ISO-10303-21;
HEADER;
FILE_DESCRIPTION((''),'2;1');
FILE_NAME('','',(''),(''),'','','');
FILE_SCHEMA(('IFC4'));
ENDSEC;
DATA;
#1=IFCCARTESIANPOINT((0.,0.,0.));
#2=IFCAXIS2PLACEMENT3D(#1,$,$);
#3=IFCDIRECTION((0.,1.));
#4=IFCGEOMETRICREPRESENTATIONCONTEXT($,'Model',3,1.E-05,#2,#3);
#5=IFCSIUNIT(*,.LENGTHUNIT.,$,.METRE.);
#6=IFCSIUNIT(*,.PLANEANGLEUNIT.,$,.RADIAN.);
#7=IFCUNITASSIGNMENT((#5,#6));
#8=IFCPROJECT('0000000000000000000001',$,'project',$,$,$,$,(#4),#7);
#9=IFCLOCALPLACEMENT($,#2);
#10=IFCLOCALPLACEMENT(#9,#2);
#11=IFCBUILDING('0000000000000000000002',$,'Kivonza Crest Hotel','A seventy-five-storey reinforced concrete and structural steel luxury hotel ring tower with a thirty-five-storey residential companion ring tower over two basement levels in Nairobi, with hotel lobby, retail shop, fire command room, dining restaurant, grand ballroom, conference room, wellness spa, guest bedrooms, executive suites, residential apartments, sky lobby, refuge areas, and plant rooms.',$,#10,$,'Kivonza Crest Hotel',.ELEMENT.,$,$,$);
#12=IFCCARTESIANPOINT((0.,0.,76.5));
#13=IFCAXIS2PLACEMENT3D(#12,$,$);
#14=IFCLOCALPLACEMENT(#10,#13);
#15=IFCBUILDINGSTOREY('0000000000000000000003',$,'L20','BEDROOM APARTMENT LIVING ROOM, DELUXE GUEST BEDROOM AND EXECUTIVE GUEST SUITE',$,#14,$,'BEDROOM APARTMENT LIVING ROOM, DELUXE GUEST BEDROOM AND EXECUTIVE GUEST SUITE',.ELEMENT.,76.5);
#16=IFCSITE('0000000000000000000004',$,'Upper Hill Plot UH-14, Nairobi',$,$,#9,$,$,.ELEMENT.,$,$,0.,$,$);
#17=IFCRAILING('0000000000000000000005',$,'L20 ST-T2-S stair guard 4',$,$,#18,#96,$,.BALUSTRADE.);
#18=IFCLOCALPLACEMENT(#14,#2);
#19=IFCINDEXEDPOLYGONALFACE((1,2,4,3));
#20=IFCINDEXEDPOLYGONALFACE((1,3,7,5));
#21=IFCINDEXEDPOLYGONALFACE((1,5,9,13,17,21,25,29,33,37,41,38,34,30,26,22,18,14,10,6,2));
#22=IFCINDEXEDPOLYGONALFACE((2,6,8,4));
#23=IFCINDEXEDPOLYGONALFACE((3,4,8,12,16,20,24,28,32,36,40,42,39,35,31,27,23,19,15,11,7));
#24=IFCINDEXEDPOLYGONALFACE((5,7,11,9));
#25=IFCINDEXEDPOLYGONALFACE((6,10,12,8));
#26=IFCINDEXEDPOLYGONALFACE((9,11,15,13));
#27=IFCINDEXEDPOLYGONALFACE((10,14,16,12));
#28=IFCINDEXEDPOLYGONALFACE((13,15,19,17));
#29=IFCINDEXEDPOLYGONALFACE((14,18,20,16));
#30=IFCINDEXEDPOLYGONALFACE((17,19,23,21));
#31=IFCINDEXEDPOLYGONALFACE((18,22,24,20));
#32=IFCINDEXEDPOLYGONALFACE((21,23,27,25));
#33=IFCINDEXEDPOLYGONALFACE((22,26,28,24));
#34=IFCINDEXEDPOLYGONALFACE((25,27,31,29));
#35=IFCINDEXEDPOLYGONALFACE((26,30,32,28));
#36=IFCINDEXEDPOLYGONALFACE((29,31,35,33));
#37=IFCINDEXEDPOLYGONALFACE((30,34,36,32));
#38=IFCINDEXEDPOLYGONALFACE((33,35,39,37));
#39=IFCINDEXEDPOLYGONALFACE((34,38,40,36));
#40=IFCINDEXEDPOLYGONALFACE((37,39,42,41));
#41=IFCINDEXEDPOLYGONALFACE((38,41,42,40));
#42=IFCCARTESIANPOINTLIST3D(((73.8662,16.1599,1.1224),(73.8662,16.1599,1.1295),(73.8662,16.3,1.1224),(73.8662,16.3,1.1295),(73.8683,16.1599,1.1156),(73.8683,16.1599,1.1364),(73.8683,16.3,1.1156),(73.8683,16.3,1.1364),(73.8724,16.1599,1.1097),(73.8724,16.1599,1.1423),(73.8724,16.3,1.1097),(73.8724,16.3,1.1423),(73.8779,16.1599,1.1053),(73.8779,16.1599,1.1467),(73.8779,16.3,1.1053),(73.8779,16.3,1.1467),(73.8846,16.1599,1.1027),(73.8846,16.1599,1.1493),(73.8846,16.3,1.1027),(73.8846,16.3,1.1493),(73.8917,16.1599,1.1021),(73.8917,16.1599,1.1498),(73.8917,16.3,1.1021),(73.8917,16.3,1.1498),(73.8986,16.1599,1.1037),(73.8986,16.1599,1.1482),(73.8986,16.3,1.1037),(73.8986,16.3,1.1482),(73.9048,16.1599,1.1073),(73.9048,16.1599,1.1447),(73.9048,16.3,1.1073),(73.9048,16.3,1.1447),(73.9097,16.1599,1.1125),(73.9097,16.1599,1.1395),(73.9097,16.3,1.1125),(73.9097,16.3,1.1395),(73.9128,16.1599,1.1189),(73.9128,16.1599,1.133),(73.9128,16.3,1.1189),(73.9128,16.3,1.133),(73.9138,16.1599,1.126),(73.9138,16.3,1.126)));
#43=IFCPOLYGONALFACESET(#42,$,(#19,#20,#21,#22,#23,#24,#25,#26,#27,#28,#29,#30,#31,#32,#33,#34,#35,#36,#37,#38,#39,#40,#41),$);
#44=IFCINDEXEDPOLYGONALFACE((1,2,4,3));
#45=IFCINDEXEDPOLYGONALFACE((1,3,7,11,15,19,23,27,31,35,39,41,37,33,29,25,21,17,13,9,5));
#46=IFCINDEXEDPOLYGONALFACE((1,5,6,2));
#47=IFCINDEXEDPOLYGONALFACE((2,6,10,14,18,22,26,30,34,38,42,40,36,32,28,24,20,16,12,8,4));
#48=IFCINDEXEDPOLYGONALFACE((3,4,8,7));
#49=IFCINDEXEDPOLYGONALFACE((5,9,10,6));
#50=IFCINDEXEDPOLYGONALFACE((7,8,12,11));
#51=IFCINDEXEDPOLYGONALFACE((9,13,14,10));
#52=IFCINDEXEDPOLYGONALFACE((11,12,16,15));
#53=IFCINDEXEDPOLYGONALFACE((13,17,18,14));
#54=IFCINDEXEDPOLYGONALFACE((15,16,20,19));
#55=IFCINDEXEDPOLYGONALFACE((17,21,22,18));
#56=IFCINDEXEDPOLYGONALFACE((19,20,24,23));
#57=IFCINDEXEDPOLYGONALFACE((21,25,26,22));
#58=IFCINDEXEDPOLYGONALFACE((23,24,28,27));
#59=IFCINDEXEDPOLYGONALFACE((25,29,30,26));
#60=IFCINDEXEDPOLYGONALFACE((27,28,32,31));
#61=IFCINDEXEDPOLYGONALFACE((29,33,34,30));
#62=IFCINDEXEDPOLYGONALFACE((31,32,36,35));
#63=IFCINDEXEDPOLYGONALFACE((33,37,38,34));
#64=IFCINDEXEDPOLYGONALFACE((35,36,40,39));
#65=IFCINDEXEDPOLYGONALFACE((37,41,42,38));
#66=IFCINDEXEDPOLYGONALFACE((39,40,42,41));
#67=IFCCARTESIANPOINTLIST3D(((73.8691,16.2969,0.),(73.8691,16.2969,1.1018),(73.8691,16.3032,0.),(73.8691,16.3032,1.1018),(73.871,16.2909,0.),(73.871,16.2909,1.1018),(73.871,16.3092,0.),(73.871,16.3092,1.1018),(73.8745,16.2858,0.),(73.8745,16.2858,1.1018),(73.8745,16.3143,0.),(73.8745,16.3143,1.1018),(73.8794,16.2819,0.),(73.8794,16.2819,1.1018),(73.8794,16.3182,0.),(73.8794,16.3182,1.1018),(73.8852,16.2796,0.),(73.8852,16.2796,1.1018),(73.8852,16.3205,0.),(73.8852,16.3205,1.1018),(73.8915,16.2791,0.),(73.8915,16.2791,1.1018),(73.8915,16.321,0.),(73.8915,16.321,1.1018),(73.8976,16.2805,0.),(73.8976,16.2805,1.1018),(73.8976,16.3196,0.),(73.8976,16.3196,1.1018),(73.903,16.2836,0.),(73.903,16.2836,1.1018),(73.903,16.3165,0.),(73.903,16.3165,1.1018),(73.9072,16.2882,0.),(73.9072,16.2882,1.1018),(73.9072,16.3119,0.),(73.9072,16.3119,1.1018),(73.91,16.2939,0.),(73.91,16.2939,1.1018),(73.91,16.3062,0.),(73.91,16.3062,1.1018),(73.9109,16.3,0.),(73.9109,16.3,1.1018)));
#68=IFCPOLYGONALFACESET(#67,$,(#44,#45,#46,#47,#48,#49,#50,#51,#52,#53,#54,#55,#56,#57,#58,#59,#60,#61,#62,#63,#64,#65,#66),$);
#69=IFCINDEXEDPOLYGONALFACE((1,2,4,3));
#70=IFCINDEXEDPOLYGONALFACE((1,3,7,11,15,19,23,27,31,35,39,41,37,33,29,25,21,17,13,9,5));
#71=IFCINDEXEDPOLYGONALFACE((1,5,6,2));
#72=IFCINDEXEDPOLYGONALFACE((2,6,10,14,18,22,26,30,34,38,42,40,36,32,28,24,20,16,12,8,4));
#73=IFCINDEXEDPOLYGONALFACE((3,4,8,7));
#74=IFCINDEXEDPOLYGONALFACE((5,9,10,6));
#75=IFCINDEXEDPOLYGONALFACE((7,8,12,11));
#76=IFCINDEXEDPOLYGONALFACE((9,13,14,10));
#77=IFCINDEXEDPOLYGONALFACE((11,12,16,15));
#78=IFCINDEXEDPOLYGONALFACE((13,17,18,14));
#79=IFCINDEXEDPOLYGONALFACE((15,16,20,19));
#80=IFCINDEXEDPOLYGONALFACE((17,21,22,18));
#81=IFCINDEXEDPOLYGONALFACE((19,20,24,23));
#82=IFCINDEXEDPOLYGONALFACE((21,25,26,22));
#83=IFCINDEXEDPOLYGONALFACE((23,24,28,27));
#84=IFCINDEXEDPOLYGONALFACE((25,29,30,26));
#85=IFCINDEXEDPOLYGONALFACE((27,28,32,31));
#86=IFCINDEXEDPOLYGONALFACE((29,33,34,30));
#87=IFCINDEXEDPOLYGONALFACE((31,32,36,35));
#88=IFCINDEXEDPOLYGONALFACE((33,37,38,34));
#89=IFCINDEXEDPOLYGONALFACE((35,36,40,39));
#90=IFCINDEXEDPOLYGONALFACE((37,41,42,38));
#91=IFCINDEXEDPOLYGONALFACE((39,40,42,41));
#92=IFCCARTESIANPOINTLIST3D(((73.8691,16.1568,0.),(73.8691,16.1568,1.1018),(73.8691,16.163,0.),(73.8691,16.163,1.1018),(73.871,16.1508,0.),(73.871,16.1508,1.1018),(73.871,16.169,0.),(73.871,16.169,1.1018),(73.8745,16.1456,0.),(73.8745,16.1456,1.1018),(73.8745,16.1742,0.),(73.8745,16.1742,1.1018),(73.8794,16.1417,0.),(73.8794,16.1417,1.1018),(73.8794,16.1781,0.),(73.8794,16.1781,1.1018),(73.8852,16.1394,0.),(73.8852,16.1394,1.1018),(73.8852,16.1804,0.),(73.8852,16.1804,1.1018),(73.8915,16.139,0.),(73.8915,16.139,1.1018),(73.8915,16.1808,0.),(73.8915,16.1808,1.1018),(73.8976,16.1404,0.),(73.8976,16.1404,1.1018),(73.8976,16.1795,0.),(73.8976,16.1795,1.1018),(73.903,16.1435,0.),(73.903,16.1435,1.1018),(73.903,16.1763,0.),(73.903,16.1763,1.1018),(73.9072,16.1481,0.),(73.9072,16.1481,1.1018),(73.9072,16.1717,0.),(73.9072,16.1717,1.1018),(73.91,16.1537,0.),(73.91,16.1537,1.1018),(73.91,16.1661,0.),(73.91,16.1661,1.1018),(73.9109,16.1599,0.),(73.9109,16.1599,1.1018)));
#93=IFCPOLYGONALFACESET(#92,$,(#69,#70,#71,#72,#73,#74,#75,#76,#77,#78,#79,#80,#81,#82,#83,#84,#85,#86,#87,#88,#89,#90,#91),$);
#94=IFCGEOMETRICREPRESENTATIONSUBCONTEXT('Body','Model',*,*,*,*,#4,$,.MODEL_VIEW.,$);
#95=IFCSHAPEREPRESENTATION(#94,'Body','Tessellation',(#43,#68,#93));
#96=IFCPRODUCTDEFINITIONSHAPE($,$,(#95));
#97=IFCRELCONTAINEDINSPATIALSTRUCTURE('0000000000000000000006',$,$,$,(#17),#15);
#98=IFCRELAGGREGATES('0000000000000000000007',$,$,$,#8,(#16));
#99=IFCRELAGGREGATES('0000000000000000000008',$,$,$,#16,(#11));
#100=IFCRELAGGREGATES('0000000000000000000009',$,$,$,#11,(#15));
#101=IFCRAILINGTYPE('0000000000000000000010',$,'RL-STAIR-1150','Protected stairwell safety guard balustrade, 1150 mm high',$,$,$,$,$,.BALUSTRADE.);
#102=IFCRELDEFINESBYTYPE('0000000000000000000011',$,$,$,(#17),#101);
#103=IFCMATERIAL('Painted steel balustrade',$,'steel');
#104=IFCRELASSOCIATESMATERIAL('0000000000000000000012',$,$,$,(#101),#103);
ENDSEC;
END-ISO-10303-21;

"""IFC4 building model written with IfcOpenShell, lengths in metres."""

from ifc_helpers import new_model, si_unit, direction, frame, origin, origin_2d, place, context, subcontext, project, spatial, circle, extrude, material, type_object, element, save


model = new_model("IFC4")

# Units and contexts
model_context = context("Model", 3, precision=1e-05, world=origin(), true_north=direction((0.0, 1.0)))
body_context = subcontext(model_context, "Body", "Model", "MODEL_VIEW")
ifc_project = project(units=[si_unit("LENGTHUNIT", "METRE"), si_unit("PLANEANGLEUNIT", "RADIAN")], contexts=[model_context])

# Site, building, storey
site_placement = place(None, origin())
site = spatial("IfcSite", under=ifc_project, at=site_placement, Name="Upper Hill Plot UH-14, Nairobi", CompositionType="ELEMENT", RefElevation=0.0)
building_placement = place(site_placement, origin())
building = spatial("IfcBuilding", under=site, at=building_placement, Name="Kivonza Crest Hotel", Description="A seventy-five-storey reinforced concrete and structural steel luxury hotel ring tower with a thirty-five-storey residential companion ring tower over two basement levels in Nairobi, with hotel lobby, retail shop, fire command room, dining restaurant, grand ballroom, conference room, wellness spa, guest bedrooms, executive suites, residential apartments, sky lobby, refuge areas, and plant rooms.", LongName="Kivonza Crest Hotel", CompositionType="ELEMENT")
storey_placement = place(building_placement, frame((0.0, 0.0, 76.5)))
storey = spatial("IfcBuildingStorey", under=building, at=storey_placement, Name="L20", Description="BEDROOM APARTMENT LIVING ROOM, DELUXE GUEST BEDROOM AND EXECUTIVE GUEST SUITE", LongName="BEDROOM APARTMENT LIVING ROOM, DELUXE GUEST BEDROOM AND EXECUTIVE GUEST SUITE", CompositionType="ELEMENT", Elevation=76.5)

# Railing
ifc_material_1 = material(Name="Painted steel balustrade", Category="steel")
railing_type_1 = type_object("IfcRailingType", Name="RL-STAIR-1150", Description="Protected stairwell safety guard balustrade, 1150 mm high", PredefinedType="BALUSTRADE", material=ifc_material_1)
railing_1_placement = place(storey_placement, frame((73.8899, 16.3, 0.0)))
element("IfcRailing", 1, at=railing_1_placement, inside=storey, type_object=railing_type_1, Name="L20 ST-T2-S stair guard 4", PredefinedType="BALUSTRADE", context=body_context, shape_type="SweptSolid", body=[
    extrude(circle(Radius=0.0239, at=origin_2d()), frame((0.0, 0.0, 1.126), z_axis=(0.0, -1.0, 0.0), x_axis=(1.0, 0.0, 0.0)), (0.0, 0.0, 1.0), 0.1401),
    extrude(circle(Radius=0.021, at=origin_2d()), origin(), (0.0, 0.0, 1.0), 1.1018),
    extrude(circle(Radius=0.021, at=origin_2d()), frame((0.0, -0.1401, 0.0)), (0.0, 0.0, 1.0), 1.1018),
])

save(model, "model.ifc")
